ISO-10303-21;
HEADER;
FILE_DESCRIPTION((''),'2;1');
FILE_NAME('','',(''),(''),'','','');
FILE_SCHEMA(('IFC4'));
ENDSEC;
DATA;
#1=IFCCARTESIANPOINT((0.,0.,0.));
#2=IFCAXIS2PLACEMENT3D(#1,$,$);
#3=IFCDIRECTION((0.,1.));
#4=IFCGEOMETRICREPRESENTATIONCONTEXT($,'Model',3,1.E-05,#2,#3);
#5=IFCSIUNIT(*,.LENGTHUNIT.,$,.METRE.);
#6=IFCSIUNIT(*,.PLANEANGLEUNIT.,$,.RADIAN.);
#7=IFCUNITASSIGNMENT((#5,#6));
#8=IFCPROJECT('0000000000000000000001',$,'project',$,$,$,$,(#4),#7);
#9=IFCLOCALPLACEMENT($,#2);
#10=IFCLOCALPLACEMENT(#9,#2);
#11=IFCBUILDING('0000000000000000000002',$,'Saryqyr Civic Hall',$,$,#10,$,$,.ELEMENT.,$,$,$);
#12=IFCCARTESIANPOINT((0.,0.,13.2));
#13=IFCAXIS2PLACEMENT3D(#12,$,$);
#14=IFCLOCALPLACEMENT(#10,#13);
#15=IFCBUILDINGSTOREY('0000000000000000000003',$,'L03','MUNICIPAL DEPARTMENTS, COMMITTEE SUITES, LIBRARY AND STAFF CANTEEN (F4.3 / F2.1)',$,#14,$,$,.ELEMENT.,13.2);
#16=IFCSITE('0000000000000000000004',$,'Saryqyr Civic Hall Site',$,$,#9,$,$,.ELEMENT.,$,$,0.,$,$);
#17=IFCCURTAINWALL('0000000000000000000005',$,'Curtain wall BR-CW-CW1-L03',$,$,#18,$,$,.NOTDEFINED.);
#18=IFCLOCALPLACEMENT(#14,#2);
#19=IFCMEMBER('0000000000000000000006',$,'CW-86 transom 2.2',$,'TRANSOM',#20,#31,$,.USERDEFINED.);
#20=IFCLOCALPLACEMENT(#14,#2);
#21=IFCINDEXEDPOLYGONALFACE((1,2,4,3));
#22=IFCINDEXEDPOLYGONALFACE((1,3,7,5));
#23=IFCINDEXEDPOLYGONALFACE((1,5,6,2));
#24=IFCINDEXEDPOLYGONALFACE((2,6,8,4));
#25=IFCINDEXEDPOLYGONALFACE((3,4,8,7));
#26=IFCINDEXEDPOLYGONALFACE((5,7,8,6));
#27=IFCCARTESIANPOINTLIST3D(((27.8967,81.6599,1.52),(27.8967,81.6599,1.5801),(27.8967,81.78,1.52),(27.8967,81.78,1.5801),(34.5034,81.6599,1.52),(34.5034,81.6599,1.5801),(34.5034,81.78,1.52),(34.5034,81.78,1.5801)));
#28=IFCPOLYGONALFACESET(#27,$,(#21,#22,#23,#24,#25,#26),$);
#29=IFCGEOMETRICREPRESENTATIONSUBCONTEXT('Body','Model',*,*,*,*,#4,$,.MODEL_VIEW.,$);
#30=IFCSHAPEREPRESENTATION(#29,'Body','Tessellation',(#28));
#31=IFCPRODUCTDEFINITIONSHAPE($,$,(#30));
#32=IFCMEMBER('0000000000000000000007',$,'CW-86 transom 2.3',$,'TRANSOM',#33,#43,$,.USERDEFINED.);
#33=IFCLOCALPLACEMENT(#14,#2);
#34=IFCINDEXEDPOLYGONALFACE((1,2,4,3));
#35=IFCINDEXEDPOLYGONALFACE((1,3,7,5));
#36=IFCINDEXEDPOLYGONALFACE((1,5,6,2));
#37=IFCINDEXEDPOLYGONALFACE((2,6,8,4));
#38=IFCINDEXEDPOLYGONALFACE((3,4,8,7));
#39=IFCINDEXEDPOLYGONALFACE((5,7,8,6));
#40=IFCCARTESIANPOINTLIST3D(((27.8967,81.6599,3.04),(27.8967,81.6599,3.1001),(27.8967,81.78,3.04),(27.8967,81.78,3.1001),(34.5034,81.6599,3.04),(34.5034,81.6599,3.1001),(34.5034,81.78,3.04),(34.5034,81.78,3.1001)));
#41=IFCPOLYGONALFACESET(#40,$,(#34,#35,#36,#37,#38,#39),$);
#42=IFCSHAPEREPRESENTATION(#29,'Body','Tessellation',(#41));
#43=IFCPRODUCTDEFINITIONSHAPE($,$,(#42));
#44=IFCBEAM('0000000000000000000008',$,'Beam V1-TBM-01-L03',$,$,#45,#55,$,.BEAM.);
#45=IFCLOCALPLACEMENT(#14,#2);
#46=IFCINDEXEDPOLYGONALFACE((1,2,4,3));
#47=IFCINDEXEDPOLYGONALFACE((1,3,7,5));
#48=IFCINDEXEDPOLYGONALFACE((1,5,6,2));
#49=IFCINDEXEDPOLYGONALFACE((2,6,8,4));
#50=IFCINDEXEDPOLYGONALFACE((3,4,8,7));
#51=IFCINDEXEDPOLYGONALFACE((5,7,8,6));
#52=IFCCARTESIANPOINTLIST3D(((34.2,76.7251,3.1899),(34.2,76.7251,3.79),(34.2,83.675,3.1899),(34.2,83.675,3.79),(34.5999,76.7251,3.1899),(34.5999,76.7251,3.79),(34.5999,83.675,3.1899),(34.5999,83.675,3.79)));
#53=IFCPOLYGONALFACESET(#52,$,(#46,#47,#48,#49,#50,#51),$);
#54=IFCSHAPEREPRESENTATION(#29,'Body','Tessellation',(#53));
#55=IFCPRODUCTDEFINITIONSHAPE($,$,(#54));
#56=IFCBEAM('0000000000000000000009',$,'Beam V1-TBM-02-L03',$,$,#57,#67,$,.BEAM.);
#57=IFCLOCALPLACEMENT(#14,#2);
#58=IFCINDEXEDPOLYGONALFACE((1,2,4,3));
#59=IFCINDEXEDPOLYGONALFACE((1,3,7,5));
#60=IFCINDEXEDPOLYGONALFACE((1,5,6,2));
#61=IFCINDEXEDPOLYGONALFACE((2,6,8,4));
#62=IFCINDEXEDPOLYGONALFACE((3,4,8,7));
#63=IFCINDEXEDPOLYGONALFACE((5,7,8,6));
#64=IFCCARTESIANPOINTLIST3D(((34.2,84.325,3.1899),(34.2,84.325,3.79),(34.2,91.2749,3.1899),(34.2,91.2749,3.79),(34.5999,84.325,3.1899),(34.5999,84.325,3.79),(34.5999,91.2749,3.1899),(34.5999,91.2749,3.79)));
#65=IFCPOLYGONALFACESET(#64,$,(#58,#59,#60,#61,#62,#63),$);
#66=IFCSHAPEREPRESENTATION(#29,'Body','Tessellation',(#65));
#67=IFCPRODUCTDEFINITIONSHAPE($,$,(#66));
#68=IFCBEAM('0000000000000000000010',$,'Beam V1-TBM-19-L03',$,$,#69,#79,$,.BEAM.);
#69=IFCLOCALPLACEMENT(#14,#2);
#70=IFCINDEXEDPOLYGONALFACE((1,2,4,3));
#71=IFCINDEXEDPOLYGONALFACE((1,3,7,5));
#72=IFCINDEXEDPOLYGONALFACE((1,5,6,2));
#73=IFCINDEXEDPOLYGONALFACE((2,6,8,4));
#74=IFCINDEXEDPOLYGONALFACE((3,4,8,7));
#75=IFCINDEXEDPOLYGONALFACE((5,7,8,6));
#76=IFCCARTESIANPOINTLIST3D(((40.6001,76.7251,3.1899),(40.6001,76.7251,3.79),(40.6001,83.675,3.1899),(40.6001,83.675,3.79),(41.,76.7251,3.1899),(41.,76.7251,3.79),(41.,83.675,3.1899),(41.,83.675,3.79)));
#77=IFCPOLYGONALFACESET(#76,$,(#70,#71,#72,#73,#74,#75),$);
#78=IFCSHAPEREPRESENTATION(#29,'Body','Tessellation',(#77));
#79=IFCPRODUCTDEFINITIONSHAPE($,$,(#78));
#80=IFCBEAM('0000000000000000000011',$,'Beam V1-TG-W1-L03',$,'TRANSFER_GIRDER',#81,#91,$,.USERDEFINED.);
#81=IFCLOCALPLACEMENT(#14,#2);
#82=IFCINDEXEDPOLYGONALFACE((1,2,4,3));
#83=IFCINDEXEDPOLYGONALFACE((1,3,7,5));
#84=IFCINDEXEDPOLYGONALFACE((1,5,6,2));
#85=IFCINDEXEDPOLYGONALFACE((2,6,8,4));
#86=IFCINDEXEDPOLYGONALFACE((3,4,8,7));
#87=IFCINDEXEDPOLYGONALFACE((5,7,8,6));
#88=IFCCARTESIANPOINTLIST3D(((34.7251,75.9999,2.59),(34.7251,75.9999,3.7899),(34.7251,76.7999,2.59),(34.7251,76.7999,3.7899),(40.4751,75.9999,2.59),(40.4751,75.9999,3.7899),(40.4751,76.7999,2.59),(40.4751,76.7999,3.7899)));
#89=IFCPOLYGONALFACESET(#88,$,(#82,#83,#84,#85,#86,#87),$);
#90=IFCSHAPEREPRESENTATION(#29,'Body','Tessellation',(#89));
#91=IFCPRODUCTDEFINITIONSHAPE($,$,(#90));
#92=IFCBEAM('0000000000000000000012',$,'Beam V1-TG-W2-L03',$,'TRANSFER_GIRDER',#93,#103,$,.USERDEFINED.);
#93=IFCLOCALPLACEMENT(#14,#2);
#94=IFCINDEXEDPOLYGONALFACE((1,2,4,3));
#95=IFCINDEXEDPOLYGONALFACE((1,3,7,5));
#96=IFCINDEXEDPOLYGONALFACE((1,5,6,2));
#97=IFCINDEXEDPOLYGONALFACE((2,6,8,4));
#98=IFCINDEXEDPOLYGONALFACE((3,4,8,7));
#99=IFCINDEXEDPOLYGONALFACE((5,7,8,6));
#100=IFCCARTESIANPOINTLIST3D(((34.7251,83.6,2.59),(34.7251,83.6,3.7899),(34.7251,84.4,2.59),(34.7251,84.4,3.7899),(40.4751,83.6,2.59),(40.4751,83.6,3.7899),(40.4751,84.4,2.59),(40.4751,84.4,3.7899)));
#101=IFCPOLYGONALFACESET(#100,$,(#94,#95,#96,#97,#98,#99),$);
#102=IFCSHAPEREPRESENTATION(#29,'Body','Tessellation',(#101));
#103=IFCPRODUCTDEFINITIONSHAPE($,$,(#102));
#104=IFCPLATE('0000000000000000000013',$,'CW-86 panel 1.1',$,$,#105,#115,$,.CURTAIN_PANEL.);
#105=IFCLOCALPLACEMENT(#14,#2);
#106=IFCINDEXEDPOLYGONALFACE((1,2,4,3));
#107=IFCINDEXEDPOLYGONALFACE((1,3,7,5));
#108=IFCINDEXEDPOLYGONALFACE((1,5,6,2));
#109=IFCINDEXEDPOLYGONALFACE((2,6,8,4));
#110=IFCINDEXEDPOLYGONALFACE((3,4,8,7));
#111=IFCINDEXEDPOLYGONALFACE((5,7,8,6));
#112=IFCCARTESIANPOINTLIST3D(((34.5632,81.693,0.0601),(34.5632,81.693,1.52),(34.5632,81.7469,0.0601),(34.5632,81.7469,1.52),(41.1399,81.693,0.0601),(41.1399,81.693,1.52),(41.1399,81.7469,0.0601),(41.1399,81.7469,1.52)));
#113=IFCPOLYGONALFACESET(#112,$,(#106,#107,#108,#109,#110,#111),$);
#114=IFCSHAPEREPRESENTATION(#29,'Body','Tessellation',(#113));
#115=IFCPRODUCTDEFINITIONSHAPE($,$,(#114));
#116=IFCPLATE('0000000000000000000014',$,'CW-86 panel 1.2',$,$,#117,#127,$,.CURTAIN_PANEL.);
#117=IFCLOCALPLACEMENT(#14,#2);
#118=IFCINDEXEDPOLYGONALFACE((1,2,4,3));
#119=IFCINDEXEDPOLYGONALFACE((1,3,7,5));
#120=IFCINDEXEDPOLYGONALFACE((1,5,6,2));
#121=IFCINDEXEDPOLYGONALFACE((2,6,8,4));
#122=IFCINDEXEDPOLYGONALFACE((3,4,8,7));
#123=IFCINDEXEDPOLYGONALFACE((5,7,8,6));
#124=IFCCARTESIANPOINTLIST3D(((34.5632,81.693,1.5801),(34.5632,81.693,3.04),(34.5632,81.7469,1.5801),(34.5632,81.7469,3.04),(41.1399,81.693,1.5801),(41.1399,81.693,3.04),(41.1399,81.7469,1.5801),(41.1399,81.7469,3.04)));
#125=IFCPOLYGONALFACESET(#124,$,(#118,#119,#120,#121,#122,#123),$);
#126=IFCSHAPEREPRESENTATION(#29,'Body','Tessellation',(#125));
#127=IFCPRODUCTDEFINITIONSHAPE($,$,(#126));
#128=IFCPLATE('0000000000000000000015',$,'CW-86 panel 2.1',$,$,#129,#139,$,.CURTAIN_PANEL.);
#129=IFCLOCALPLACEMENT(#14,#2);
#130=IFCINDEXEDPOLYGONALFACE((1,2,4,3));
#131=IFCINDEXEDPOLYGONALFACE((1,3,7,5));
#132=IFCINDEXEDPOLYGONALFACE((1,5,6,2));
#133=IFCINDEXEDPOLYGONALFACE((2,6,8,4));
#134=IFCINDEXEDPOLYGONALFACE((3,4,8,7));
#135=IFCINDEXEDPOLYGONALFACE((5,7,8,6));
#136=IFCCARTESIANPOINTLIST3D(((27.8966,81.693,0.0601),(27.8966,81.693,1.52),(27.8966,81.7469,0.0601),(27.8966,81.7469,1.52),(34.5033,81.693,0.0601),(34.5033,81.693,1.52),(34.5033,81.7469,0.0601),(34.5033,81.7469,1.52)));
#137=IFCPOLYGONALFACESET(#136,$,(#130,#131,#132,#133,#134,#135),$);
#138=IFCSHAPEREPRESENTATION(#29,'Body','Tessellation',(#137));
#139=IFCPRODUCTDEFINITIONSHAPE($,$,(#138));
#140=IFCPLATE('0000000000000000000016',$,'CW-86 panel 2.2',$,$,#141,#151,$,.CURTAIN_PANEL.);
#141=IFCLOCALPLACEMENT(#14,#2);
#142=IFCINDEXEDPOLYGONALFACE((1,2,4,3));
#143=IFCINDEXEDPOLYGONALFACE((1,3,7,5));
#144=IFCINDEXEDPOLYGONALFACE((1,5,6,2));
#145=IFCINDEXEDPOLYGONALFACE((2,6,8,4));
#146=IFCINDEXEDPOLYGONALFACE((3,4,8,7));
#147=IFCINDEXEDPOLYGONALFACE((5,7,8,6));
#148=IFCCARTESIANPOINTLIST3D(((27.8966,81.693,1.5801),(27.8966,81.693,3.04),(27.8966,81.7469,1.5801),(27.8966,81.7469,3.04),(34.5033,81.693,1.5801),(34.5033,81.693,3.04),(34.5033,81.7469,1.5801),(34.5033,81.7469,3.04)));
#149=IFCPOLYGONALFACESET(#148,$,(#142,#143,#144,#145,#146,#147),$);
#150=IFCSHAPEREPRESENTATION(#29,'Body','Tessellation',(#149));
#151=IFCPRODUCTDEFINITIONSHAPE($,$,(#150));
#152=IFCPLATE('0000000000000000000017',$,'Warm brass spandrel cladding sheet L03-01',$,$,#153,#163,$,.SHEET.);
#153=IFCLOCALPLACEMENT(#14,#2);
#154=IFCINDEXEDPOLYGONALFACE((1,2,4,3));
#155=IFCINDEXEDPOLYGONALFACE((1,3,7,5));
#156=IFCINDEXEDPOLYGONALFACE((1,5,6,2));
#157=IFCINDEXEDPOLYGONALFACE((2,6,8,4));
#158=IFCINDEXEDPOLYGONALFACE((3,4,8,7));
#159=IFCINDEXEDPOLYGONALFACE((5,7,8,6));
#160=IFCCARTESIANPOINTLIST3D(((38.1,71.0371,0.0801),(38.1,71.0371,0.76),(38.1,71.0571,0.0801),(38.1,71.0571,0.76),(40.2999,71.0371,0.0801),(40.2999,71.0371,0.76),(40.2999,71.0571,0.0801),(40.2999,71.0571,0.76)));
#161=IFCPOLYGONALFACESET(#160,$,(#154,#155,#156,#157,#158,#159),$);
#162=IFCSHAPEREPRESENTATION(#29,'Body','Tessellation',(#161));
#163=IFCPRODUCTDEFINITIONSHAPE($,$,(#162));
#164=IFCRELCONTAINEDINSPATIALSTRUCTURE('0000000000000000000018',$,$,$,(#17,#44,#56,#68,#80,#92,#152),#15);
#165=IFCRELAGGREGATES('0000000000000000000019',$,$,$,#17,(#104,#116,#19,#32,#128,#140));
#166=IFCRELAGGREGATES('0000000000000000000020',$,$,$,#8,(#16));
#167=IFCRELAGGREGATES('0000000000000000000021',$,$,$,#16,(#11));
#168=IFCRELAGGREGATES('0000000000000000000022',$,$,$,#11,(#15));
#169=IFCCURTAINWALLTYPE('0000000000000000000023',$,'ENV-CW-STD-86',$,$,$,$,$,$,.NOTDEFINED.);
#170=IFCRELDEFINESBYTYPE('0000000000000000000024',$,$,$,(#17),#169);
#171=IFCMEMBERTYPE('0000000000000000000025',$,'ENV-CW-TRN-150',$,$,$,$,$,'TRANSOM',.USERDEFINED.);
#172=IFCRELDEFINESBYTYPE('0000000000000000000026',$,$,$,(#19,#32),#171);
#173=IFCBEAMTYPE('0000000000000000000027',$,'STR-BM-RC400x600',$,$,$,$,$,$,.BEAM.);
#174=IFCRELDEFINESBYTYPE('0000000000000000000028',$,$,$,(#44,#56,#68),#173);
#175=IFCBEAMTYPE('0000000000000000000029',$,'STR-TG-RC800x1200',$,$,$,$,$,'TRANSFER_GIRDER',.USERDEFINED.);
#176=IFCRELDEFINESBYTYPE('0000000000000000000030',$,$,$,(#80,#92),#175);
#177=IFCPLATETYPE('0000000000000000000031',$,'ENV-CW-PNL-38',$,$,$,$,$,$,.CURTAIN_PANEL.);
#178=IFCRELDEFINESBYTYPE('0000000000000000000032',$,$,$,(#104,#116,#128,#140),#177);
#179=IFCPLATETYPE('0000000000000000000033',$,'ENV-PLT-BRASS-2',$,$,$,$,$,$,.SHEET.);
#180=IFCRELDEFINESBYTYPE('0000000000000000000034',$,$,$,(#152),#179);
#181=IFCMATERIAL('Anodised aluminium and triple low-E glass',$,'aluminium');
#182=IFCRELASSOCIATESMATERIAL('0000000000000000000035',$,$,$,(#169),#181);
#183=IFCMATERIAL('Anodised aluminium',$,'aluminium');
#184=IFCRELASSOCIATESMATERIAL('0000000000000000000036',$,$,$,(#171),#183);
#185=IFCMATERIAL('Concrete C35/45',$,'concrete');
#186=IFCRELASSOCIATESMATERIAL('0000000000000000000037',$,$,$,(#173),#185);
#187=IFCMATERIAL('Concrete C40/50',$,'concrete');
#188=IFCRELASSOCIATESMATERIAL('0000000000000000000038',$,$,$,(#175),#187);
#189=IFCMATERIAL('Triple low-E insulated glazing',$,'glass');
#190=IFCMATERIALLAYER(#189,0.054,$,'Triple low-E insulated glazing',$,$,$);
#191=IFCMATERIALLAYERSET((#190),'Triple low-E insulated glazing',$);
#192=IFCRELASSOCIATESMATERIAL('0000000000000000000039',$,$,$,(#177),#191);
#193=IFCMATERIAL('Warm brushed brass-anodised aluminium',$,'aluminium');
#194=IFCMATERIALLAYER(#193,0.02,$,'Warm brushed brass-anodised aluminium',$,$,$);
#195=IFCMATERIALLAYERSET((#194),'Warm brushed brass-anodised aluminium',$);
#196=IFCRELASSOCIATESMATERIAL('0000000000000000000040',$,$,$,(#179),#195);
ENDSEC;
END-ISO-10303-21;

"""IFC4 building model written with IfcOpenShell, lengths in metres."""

from ifc_helpers import new_model, si_unit, direction, frame, origin, origin_2d, place, context, subcontext, project, spatial, rectangle, extrude, material, layer, layer_set, material_profile, profile_set, type_object, element, aggregate, save


model = new_model("IFC4")

# Units and contexts
model_context = context("Model", 3, precision=1e-05, world=origin(), true_north=direction((0.0, 1.0)))
body_context = subcontext(model_context, "Body", "Model", "MODEL_VIEW")
ifc_project = project(units=[si_unit("LENGTHUNIT", "METRE"), si_unit("PLANEANGLEUNIT", "RADIAN")], contexts=[model_context])

# Site, building, storey
site_placement = place(None, origin())
site = spatial("IfcSite", under=ifc_project, at=site_placement, Name="Saryqyr Civic Hall Site", CompositionType="ELEMENT", RefElevation=0.0)
building_placement = place(site_placement, origin())
building = spatial("IfcBuilding", under=site, at=building_placement, Name="Saryqyr Civic Hall", CompositionType="ELEMENT")
storey_placement = place(building_placement, frame((0.0, 0.0, 13.2)))
storey = spatial("IfcBuildingStorey", under=building, at=storey_placement, Name="L03", Description="MUNICIPAL DEPARTMENTS, COMMITTEE SUITES, LIBRARY AND STAFF CANTEEN (F4.3 / F2.1)", CompositionType="ELEMENT", Elevation=13.2)

# Shared definitions
ifc_material_1 = material(Name="Concrete C40/50", Category="concrete")

# Curtain wall
ifc_material_2 = material(Name="Anodised aluminium and triple low-E glass", Category="aluminium")
curtain_wall_type = type_object("IfcCurtainWallType", Name="ENV-CW-STD-86", PredefinedType="NOTDEFINED", material=ifc_material_2)
curtain_wall_1_placement = place(storey_placement, origin())
curtain_wall_1 = element("IfcCurtainWall", 1, at=curtain_wall_1_placement, inside=storey, type_object=curtain_wall_type, Name="Curtain wall BR-CW-CW1-L03", PredefinedType="NOTDEFINED")
ifc_material_3 = material(Name="Anodised aluminium", Category="aluminium")

# Members
ifc_material_profile_1 = material_profile(ifc_material_3, rectangle(XDim=0.1201, YDim=0.0601, at=origin_2d()), Name="ALU TRANSOM 120x60")
ifc_profile_set_1 = profile_set([ifc_material_profile_1], Name="Anodised aluminium")
member_type_1 = type_object("IfcMemberType", Name="ENV-CW-TRN-150", ElementType="TRANSOM", PredefinedType="USERDEFINED", material=ifc_profile_set_1)
member_1_placement = place(storey_placement, frame((34.5034, 81.72, 1.55), z_axis=(-1.0, 0.0, 0.0), x_axis=(0.0, -1.0, 0.0)))
member_1 = element("IfcMember", 2, at=member_1_placement, type_object=member_type_1, Name="CW-86 transom 2.2", ObjectType="TRANSOM", PredefinedType="USERDEFINED", context=body_context, shape_type="SweptSolid", body=[
    extrude(rectangle(XDim=0.1201, YDim=0.0601, at=origin_2d()), origin(), (0.0, 0.0, 1.0), 6.6067),
])
member_2_placement = place(storey_placement, frame((34.5034, 81.72, 3.0701), z_axis=(-1.0, 0.0, 0.0), x_axis=(0.0, -1.0, 0.0)))
member_2 = element("IfcMember", 3, at=member_2_placement, type_object=member_type_1, Name="CW-86 transom 2.3", ObjectType="TRANSOM", PredefinedType="USERDEFINED", context=body_context, shape_type="SweptSolid", body=[
    extrude(rectangle(XDim=0.1201, YDim=0.0601, at=origin_2d()), origin(), (0.0, 0.0, 1.0), 6.6067),
])

# Beams
ifc_material_4 = material(Name="Concrete C35/45", Category="concrete")
ifc_material_profile_2 = material_profile(ifc_material_4, rectangle(XDim=0.3999, YDim=0.6001, at=origin_2d()), Name="RC 400x600")
ifc_profile_set_2 = profile_set([ifc_material_profile_2], Name="Concrete C35/45")
beam_type_1 = type_object("IfcBeamType", Name="STR-BM-RC400x600", PredefinedType="BEAM", material=ifc_profile_set_2)
for number, where, z_axis, x_axis, name in (
    (4, (34.3999, 76.7251, 3.49), (0.0, 1.0, 0.0), (-1.0, 0.0, 0.0), "Beam V1-TBM-01-L03"),
    (5, (34.3999, 84.325, 3.49), (0.0, 1.0, 0.0), (-1.0, 0.0, 0.0), "Beam V1-TBM-02-L03"),
    (6, (40.8, 76.7251, 3.49), (0.0, 1.0, 0.0), (-1.0, 0.0, 0.0), "Beam V1-TBM-19-L03"),
):
    element("IfcBeam", number, at=place(storey_placement, frame(where, z_axis=z_axis, x_axis=x_axis)), inside=storey, type_object=beam_type_1, Name=name, PredefinedType="BEAM", context=body_context, shape_type="SweptSolid", body=[
        extrude(rectangle(XDim=0.3999, YDim=0.6001, at=origin_2d()), origin(), (0.0, 0.0, 1.0), 6.95),
    ])
ifc_material_profile_3 = material_profile(ifc_material_1, rectangle(XDim=0.8, YDim=1.2, at=origin_2d()), Name="RC 800x1200")
ifc_profile_set_3 = profile_set([ifc_material_profile_3], Name="Concrete C40/50")
beam_type_2 = type_object("IfcBeamType", Name="STR-TG-RC800x1200", ElementType="TRANSFER_GIRDER", PredefinedType="USERDEFINED", material=ifc_profile_set_3)
for number, where, z_axis, x_axis, name in (
    (7, (34.7251, 76.3999, 3.1899), (1.0, 0.0, 0.0), (0.0, 1.0, 0.0), "Beam V1-TG-W1-L03"),
    (8, (34.7251, 84.0, 3.1899), (1.0, 0.0, 0.0), (0.0, 1.0, 0.0), "Beam V1-TG-W2-L03"),
):
    element("IfcBeam", number, at=place(storey_placement, frame(where, z_axis=z_axis, x_axis=x_axis)), inside=storey, type_object=beam_type_2, Name=name, ObjectType="TRANSFER_GIRDER", PredefinedType="USERDEFINED", context=body_context, shape_type="SweptSolid", body=[
        extrude(rectangle(XDim=0.8, YDim=1.2, at=origin_2d()), origin(), (0.0, 0.0, 1.0), 5.75),
    ])

# Plates
ifc_material_5 = material(Name="Triple low-E insulated glazing", Category="glass")
ifc_layer_1 = layer(ifc_material_5, 0.054, Name="Triple low-E insulated glazing")
ifc_layer_set_1 = layer_set([ifc_layer_1], Name="Triple low-E insulated glazing")
plate_type_1 = type_object("IfcPlateType", Name="ENV-CW-PNL-38", PredefinedType="CURTAIN_PANEL", material=ifc_layer_set_1)
plate_1_placement = place(storey_placement, frame((37.8516, 81.72, 0.0601), z_axis=(0.0, 0.0, 1.0), x_axis=(-1.0, 0.0, 0.0)))
plate_1 = element("IfcPlate", 9, at=plate_1_placement, type_object=plate_type_1, Name="CW-86 panel 1.1", PredefinedType="CURTAIN_PANEL", context=body_context, shape_type="SweptSolid", body=[
    extrude(rectangle(XDim=6.5767, YDim=0.054, at=origin_2d()), origin(), (0.0, 0.0, 1.0), 1.46),
])
plate_2_placement = place(storey_placement, frame((37.8516, 81.72, 1.5801), z_axis=(0.0, 0.0, 1.0), x_axis=(-1.0, 0.0, 0.0)))
plate_2 = element("IfcPlate", 10, at=plate_2_placement, type_object=plate_type_1, Name="CW-86 panel 1.2", PredefinedType="CURTAIN_PANEL", context=body_context, shape_type="SweptSolid", body=[
    extrude(rectangle(XDim=6.5767, YDim=0.054, at=origin_2d()), origin(), (0.0, 0.0, 1.0), 1.46),
])
plate_3_placement = place(storey_placement, frame((31.2, 81.72, 0.0601), z_axis=(0.0, 0.0, 1.0), x_axis=(-1.0, 0.0, 0.0)))
plate_3 = element("IfcPlate", 11, at=plate_3_placement, type_object=plate_type_1, Name="CW-86 panel 2.1", PredefinedType="CURTAIN_PANEL", context=body_context, shape_type="SweptSolid", body=[
    extrude(rectangle(XDim=6.6067, YDim=0.054, at=origin_2d()), origin(), (0.0, 0.0, 1.0), 1.46),
])
plate_4_placement = place(storey_placement, frame((31.2, 81.72, 1.5801), z_axis=(0.0, 0.0, 1.0), x_axis=(-1.0, 0.0, 0.0)))
plate_4 = element("IfcPlate", 12, at=plate_4_placement, type_object=plate_type_1, Name="CW-86 panel 2.2", PredefinedType="CURTAIN_PANEL", context=body_context, shape_type="SweptSolid", body=[
    extrude(rectangle(XDim=6.6067, YDim=0.054, at=origin_2d()), origin(), (0.0, 0.0, 1.0), 1.46),
])
aggregate(curtain_wall_1, [plate_1, plate_2, member_1, member_2, plate_3, plate_4])
ifc_material_6 = material(Name="Warm brushed brass-anodised aluminium", Category="aluminium")
ifc_layer_2 = layer(ifc_material_6, 0.02, Name="Warm brushed brass-anodised aluminium")
ifc_layer_set_2 = layer_set([ifc_layer_2], Name="Warm brushed brass-anodised aluminium")
plate_type_2 = type_object("IfcPlateType", Name="ENV-PLT-BRASS-2", PredefinedType="SHEET", material=ifc_layer_set_2)
plate_5_placement = place(storey_placement, frame((39.2, 71.0471, 0.0801), z_axis=(0.0, 0.0, 1.0), x_axis=(-1.0, 0.0, 0.0)))
element("IfcPlate", 13, at=plate_5_placement, inside=storey, type_object=plate_type_2, Name="Warm brass spandrel cladding sheet L03-01", PredefinedType="SHEET", context=body_context, shape_type="SweptSolid", body=[
    extrude(rectangle(XDim=2.2, YDim=0.02, at=origin_2d()), origin(), (0.0, 0.0, 1.0), 0.6799),
])

save(model, "model.ifc")
